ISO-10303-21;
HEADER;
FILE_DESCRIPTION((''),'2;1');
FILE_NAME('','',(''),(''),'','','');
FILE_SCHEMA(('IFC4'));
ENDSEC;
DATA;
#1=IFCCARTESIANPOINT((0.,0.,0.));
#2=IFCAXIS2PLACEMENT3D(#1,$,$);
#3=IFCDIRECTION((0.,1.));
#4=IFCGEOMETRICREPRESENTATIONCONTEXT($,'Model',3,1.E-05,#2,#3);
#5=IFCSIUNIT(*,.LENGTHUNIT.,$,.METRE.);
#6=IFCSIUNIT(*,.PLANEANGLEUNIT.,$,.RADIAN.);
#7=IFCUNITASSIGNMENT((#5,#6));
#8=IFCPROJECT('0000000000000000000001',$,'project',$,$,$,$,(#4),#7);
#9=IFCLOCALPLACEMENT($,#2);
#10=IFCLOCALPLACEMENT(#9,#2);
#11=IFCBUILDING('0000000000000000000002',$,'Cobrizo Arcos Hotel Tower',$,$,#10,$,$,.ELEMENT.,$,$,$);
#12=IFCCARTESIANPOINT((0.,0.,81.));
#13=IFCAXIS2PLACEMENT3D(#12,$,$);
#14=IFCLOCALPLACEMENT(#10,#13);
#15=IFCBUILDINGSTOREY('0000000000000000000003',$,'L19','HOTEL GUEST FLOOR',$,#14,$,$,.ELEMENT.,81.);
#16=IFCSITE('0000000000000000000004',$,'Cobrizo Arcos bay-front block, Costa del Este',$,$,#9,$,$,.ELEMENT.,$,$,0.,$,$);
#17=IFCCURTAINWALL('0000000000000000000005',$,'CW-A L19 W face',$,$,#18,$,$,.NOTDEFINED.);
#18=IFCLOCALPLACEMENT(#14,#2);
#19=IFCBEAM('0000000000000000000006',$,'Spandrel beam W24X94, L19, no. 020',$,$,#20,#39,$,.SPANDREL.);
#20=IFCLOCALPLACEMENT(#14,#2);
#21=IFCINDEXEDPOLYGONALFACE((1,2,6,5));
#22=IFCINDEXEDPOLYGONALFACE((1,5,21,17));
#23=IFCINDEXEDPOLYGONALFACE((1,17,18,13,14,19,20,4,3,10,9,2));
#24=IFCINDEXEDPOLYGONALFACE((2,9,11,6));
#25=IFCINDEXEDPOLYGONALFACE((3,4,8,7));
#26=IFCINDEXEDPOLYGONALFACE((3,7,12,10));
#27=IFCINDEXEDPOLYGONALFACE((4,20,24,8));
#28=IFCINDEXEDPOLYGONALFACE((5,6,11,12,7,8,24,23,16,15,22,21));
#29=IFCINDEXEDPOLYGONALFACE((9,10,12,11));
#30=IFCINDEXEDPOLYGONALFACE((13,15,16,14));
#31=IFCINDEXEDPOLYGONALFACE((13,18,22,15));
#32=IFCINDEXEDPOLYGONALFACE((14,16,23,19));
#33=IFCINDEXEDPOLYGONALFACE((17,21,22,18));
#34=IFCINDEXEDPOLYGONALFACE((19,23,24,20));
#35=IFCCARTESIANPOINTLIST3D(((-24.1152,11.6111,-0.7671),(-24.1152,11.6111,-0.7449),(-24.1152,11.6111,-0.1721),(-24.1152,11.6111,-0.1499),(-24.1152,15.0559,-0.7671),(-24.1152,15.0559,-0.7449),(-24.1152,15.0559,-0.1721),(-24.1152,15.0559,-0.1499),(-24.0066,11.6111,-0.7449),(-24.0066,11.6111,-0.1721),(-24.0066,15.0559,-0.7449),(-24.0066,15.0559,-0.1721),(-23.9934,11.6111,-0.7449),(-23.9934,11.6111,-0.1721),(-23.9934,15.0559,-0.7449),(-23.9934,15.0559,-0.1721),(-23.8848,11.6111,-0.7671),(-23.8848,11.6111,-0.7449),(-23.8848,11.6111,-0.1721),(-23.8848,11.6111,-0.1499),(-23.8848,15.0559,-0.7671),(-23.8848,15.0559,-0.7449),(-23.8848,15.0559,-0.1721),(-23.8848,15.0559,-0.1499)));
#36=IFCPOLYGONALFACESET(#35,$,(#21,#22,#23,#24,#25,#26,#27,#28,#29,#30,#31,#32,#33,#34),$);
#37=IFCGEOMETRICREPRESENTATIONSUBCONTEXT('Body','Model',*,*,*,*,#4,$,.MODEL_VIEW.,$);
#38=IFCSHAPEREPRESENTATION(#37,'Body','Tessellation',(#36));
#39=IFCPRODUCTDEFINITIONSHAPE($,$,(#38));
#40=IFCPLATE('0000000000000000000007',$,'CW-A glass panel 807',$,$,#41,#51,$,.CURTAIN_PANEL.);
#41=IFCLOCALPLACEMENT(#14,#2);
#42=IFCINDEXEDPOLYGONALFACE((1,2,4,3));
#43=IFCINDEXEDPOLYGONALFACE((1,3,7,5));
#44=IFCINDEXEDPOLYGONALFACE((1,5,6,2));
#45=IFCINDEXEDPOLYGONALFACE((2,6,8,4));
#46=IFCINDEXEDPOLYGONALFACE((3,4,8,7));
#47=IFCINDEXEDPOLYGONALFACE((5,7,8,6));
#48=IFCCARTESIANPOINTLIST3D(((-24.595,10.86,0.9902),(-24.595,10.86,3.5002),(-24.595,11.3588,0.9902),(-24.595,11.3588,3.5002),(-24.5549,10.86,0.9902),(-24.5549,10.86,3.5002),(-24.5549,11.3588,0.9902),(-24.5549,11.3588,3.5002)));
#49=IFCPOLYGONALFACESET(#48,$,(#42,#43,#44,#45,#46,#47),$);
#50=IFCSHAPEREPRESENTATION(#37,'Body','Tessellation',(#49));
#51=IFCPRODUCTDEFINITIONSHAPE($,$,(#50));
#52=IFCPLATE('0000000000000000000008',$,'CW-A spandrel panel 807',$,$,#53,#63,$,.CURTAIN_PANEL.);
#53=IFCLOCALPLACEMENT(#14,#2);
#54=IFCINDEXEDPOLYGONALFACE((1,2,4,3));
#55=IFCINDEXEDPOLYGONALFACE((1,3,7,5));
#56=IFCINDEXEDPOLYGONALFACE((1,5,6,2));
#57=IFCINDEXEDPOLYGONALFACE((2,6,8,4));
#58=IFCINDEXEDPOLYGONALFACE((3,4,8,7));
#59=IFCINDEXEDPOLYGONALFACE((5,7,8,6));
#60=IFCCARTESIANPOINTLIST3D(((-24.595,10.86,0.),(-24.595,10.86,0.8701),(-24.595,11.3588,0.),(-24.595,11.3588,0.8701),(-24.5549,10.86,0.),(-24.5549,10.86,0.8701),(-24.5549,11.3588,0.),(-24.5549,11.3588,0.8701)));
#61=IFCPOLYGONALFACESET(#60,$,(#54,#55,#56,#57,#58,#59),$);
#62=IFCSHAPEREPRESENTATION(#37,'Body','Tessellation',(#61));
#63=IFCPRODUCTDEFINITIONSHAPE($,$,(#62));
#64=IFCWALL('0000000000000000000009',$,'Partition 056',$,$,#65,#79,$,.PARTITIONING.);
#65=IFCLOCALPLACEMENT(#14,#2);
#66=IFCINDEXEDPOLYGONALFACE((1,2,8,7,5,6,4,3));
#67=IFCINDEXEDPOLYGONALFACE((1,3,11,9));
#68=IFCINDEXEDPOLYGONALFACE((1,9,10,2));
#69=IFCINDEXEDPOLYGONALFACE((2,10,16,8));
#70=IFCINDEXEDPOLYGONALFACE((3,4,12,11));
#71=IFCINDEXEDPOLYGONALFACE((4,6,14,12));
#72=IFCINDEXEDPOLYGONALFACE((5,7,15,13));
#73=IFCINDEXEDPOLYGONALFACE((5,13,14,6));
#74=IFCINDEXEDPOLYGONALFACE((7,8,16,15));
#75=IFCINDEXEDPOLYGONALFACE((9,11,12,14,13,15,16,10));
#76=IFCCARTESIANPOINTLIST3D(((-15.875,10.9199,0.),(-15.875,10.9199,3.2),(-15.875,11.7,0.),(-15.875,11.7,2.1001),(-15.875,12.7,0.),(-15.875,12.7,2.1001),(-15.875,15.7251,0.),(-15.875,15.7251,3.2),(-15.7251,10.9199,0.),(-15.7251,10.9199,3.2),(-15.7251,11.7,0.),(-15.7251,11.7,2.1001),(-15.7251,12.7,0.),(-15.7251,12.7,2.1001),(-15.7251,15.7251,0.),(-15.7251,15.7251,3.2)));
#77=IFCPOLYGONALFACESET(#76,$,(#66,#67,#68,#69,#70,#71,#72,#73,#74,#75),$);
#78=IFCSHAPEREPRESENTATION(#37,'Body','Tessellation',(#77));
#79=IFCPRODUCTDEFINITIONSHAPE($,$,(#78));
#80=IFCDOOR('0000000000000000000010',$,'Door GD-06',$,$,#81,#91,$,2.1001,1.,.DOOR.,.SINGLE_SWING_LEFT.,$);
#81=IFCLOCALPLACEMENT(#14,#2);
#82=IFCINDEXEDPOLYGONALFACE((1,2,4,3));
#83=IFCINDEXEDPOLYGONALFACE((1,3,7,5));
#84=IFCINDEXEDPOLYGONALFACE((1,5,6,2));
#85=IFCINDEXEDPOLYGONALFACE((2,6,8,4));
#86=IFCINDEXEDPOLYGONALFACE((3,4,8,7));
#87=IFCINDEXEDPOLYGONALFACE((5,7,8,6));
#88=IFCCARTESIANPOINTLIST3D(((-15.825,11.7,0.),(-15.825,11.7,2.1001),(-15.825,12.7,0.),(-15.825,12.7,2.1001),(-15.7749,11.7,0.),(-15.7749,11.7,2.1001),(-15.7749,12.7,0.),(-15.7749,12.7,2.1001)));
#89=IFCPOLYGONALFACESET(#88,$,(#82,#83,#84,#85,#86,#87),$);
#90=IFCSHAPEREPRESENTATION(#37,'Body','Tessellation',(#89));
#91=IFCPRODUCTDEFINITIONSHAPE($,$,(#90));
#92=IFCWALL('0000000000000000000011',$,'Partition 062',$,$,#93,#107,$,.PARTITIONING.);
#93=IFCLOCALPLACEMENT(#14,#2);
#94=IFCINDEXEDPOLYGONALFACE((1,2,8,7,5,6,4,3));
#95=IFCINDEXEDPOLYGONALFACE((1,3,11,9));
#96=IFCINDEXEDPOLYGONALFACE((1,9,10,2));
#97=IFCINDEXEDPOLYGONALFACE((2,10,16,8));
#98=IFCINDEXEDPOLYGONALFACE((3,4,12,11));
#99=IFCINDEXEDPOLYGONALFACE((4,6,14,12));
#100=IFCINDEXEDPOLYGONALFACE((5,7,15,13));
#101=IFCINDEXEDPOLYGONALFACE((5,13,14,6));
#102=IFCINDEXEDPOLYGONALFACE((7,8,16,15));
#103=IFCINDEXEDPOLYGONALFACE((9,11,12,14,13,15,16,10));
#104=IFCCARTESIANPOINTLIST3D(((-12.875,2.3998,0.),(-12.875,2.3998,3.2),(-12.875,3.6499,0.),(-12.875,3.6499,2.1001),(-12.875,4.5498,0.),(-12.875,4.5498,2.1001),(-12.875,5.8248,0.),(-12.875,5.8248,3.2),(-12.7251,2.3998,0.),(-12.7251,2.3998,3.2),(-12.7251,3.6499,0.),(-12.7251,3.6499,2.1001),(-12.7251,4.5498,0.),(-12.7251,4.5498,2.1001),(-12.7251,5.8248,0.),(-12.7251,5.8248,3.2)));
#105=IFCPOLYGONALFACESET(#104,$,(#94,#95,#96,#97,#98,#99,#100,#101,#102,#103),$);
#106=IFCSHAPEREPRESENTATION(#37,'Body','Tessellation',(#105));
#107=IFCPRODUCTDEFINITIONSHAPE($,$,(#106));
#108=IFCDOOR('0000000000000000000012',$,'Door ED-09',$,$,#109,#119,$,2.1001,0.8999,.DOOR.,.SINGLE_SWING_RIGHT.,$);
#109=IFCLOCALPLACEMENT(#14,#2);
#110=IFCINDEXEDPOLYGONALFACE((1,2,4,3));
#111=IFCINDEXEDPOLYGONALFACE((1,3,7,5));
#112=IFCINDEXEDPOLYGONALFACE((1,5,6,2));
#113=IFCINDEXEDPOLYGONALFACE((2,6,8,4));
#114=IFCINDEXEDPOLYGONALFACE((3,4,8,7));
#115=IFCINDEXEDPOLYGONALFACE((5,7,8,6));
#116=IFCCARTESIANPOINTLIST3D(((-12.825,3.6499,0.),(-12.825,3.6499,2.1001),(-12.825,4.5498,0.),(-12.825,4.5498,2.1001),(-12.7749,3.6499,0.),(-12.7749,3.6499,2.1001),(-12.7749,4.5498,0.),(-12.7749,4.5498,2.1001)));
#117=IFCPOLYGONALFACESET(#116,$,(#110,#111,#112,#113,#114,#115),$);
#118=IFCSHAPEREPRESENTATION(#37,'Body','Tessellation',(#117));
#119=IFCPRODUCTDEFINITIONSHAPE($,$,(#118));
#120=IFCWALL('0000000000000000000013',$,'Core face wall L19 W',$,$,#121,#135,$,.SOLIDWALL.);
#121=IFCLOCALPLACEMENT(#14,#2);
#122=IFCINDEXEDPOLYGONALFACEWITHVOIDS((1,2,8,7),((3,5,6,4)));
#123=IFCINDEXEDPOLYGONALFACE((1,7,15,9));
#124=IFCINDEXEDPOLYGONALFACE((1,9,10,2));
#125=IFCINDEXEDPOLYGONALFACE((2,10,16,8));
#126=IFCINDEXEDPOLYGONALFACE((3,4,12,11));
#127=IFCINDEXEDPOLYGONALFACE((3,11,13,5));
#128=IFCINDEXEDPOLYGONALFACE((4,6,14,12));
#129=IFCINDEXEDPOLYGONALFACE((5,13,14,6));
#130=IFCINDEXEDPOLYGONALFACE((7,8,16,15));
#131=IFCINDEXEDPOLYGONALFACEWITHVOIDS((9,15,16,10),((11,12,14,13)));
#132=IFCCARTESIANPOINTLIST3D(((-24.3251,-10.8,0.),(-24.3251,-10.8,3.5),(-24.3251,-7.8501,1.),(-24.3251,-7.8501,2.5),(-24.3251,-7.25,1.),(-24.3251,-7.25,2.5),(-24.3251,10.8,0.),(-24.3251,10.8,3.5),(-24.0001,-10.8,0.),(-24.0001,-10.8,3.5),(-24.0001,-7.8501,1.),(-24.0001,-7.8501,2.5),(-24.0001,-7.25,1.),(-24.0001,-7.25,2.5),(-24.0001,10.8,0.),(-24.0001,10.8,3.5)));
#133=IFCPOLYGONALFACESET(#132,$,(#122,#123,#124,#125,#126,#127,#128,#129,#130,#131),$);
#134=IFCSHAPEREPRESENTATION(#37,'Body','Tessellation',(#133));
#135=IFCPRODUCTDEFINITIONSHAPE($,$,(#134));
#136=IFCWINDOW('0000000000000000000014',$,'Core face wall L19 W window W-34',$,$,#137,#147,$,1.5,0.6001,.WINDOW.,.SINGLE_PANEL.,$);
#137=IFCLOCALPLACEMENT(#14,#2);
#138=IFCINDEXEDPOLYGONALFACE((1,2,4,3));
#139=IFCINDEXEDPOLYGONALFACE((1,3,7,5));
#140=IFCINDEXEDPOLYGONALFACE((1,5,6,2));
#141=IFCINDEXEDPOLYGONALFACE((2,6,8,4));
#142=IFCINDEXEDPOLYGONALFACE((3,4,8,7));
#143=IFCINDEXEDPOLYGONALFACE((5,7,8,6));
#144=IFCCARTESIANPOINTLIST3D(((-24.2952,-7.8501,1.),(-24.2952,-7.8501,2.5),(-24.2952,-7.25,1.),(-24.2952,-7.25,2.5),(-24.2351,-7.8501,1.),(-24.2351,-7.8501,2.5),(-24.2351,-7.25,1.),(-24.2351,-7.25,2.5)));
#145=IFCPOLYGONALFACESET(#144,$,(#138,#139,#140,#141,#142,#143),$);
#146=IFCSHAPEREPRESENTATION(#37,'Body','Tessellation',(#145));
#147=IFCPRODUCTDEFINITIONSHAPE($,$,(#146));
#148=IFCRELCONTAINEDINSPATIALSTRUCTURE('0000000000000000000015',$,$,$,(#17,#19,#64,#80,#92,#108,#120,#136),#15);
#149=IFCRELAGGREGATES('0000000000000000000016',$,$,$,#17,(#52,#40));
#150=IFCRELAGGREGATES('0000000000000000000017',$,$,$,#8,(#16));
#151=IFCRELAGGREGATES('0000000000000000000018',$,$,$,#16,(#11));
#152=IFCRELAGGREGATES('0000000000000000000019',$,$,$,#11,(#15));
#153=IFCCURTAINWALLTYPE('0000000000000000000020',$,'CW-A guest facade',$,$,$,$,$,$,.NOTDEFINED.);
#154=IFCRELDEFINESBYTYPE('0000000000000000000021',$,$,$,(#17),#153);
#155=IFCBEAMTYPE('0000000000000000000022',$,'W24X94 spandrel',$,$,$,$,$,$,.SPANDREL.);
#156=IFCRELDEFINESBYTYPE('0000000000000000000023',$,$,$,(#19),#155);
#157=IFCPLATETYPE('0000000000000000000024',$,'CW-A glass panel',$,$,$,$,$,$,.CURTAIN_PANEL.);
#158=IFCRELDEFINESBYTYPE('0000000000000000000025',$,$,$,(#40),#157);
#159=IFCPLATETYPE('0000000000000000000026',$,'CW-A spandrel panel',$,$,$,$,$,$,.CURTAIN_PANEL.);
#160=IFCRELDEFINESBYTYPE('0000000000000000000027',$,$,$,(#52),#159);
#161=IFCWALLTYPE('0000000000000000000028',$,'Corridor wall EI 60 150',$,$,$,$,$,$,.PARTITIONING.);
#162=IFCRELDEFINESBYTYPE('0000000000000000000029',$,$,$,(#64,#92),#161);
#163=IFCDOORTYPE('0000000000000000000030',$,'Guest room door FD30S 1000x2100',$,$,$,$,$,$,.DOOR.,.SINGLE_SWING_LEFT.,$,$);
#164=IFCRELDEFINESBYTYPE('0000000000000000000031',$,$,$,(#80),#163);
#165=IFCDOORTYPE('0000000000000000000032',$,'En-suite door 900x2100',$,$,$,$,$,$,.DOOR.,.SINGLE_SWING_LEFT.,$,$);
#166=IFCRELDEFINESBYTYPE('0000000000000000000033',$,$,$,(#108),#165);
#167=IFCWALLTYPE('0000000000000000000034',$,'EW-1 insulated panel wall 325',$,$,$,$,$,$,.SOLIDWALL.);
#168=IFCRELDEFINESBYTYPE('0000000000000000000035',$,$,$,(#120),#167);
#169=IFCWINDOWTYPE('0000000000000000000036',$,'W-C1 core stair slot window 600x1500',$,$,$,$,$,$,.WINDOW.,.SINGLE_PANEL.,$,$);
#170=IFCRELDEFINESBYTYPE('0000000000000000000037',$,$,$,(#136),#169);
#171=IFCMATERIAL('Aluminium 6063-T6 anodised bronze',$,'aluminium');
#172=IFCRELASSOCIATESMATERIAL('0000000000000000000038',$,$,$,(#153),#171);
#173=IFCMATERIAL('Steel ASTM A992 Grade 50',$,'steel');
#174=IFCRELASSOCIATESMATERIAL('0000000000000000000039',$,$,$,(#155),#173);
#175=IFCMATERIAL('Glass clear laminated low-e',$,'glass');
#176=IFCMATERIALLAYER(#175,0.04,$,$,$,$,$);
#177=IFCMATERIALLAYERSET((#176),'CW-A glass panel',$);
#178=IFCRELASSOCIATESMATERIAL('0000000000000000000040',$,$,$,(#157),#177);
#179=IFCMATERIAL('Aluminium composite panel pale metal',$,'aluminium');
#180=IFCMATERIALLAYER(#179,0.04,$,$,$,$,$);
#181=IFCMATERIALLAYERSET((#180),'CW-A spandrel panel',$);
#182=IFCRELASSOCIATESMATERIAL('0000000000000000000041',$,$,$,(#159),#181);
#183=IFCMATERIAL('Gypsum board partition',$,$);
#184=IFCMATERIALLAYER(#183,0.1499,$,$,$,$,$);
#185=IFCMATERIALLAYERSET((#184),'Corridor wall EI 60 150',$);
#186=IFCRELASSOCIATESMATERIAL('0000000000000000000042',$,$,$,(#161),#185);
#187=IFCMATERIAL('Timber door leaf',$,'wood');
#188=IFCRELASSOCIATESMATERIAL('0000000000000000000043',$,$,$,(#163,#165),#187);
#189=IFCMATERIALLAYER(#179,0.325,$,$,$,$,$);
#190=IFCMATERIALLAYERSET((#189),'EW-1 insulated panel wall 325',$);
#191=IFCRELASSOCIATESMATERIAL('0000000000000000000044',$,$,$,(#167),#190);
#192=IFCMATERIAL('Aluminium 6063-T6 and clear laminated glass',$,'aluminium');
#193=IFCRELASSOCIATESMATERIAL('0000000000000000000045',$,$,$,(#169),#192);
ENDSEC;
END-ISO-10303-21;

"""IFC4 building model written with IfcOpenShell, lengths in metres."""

from ifc_helpers import new_model, si_unit, direction, frame, frame_2d, origin, origin_2d, place, context, subcontext, project, spatial, rectangle, i_section, extrude, material, layer, layer_set, material_profile, profile_set, type_object, element, fill, aggregate, save


model = new_model("IFC4")

# Units and contexts
model_context = context("Model", 3, precision=1e-05, world=origin(), true_north=direction((0.0, 1.0)))
body_context = subcontext(model_context, "Body", "Model", "MODEL_VIEW")
ifc_project = project(units=[si_unit("LENGTHUNIT", "METRE"), si_unit("PLANEANGLEUNIT", "RADIAN")], contexts=[model_context])

# Site, building, storey
site_placement = place(None, origin())
site = spatial("IfcSite", under=ifc_project, at=site_placement, Name="Cobrizo Arcos bay-front block, Costa del Este", CompositionType="ELEMENT", RefElevation=0.0)
building_placement = place(site_placement, origin())
building = spatial("IfcBuilding", under=site, at=building_placement, Name="Cobrizo Arcos Hotel Tower", CompositionType="ELEMENT")
storey_placement = place(building_placement, frame((0.0, 0.0, 81.0)))
storey = spatial("IfcBuildingStorey", under=building, at=storey_placement, Name="L19", Description="HOTEL GUEST FLOOR", CompositionType="ELEMENT", Elevation=81.0)

# Curtain wall
ifc_material_1 = material(Name="Aluminium 6063-T6 anodised bronze", Category="aluminium")
curtain_wall_type = type_object("IfcCurtainWallType", Name="CW-A guest facade", PredefinedType="NOTDEFINED", material=ifc_material_1)
curtain_wall_placement = place(storey_placement, origin())
curtain_wall = element("IfcCurtainWall", 1, at=curtain_wall_placement, inside=storey, type_object=curtain_wall_type, Name="CW-A L19 W face", PredefinedType="NOTDEFINED")

# Beam
ifc_material_2 = material(Name="Steel ASTM A992 Grade 50", Category="steel")
ifc_material_profile_1 = material_profile(ifc_material_2, i_section(OverallWidth=0.2305, OverallDepth=0.6172, WebThickness=0.0132, FlangeThickness=0.0222, at=origin_2d()), Name="W24X94")
ifc_profile_set_1 = profile_set([ifc_material_profile_1], Name="Steel ASTM A992 Grade 50")
beam_type_1 = type_object("IfcBeamType", Name="W24X94 spandrel", PredefinedType="SPANDREL", material=ifc_profile_set_1)
beam_1_placement = place(storey_placement, frame((-24.0, 11.6111, -0.4585), z_axis=(0.0, 1.0, 0.0), x_axis=(-1.0, 0.0, 0.0)))
element("IfcBeam", 2, at=beam_1_placement, inside=storey, type_object=beam_type_1, Name="Spandrel beam W24X94, L19, no. 020", PredefinedType="SPANDREL", context=body_context, shape_type="SweptSolid", body=[
    extrude(i_section(OverallWidth=0.2305, OverallDepth=0.6172, WebThickness=0.0132, FlangeThickness=0.0222, at=origin_2d()), origin(), (0.0, 0.0, 1.0), 3.4448),
])

# Plates
ifc_material_3 = material(Name="Glass clear laminated low-e", Category="glass")
ifc_layer_1 = layer(ifc_material_3, 0.04)
ifc_layer_set_1 = layer_set([ifc_layer_1], Name="CW-A glass panel")
plate_type_1 = type_object("IfcPlateType", Name="CW-A glass panel", PredefinedType="CURTAIN_PANEL", material=ifc_layer_set_1)
plate_1_placement = place(storey_placement, frame((-24.575, 11.1094, 0.9902), z_axis=(0.0, 0.0, 1.0), x_axis=(0.0, -1.0, 0.0)))
plate_1 = element("IfcPlate", 3, at=plate_1_placement, type_object=plate_type_1, Name="CW-A glass panel 807", PredefinedType="CURTAIN_PANEL", context=body_context, shape_type="SweptSolid", body=[
    extrude(rectangle(XDim=0.4988, YDim=0.04, at=origin_2d()), origin(), (0.0, 0.0, 1.0), 2.51),
])
ifc_material_4 = material(Name="Aluminium composite panel pale metal", Category="aluminium")
ifc_layer_2 = layer(ifc_material_4, 0.04)
ifc_layer_set_2 = layer_set([ifc_layer_2], Name="CW-A spandrel panel")
plate_type_2 = type_object("IfcPlateType", Name="CW-A spandrel panel", PredefinedType="CURTAIN_PANEL", material=ifc_layer_set_2)
plate_2_placement = place(storey_placement, frame((-24.575, 11.1094, 0.0), z_axis=(0.0, 0.0, 1.0), x_axis=(0.0, -1.0, 0.0)))
plate_2 = element("IfcPlate", 4, at=plate_2_placement, type_object=plate_type_2, Name="CW-A spandrel panel 807", PredefinedType="CURTAIN_PANEL", context=body_context, shape_type="SweptSolid", body=[
    extrude(rectangle(XDim=0.4988, YDim=0.04, at=origin_2d()), origin(), (0.0, 0.0, 1.0), 0.8701),
])
aggregate(curtain_wall, [plate_2, plate_1])

# Walls, openings, doors
ifc_material_5 = material(Name="Gypsum board partition")
ifc_layer_3 = layer(ifc_material_5, 0.1499)
ifc_layer_set_3 = layer_set([ifc_layer_3], Name="Corridor wall EI 60 150")
wall_type_1 = type_object("IfcWallType", Name="Corridor wall EI 60 150", PredefinedType="PARTITIONING", material=ifc_layer_set_3)
wall_1_placement = place(storey_placement, frame((-15.8, 10.9199, 0.0), z_axis=(0.0, 0.0, 1.0), x_axis=(0.0, 1.0, 0.0)))
wall_1 = element("IfcWall", 5, at=wall_1_placement, inside=storey, type_object=wall_type_1, Name="Partition 056", PredefinedType="PARTITIONING", context=body_context, shape_type="SweptSolid", body=[
    extrude(rectangle(XDim=4.8052, YDim=0.1499, at=frame_2d((2.4026, 0.0))), origin(), (0.0, 0.0, 1.0), 3.2),
])
opening_1_placement = place(wall_1_placement, frame((0.78, 0.0, 0.0)))
opening_1 = element("IfcOpeningElement", 6, at=opening_1_placement, cuts=wall_1, PredefinedType="OPENING", context=body_context, shape_type="SweptSolid", body=[
    extrude(rectangle(XDim=1.0, YDim=2.1001, at=frame_2d((0.5, 1.05))), frame((0.0, 0.0869, 0.0), z_axis=(0.0, -1.0, 0.0), x_axis=(1.0, 0.0, 0.0)), (0.0, 0.0, 1.0), 0.1738),
])
ifc_material_6 = material(Name="Timber door leaf", Category="wood")
door_type_1 = type_object("IfcDoorType", Name="Guest room door FD30S 1000x2100", OperationType="SINGLE_SWING_LEFT", PredefinedType="DOOR", material=ifc_material_6)
door_1_placement = place(opening_1_placement, origin())
door_1 = element("IfcDoor", 7, at=door_1_placement, inside=storey, type_object=door_type_1, Name="Door GD-06", OperationType="SINGLE_SWING_LEFT", OverallHeight=2.1001, OverallWidth=1.0, PredefinedType="DOOR", context=body_context, shape_type="SweptSolid", body=[
    extrude(rectangle(XDim=1.0, YDim=2.1001, at=frame_2d((0.5, 1.05))), frame((0.0, 0.0249, 0.0), z_axis=(0.0, -1.0, 0.0), x_axis=(1.0, 0.0, 0.0)), (0.0, 0.0, 1.0), 0.05),
])
fill(opening_1, door_1)
wall_2_placement = place(storey_placement, frame((-12.8, 2.3999, 0.0), z_axis=(0.0, 0.0, 1.0), x_axis=(0.0, 1.0, 0.0)))
wall_2 = element("IfcWall", 8, at=wall_2_placement, inside=storey, type_object=wall_type_1, Name="Partition 062", PredefinedType="PARTITIONING", context=body_context, shape_type="SweptSolid", body=[
    extrude(rectangle(XDim=3.425, YDim=0.1499, at=frame_2d((1.7124, 0.0))), origin(), (0.0, 0.0, 1.0), 3.2),
])
opening_2_placement = place(wall_2_placement, frame((1.25, 0.0, 0.0)))
opening_2 = element("IfcOpeningElement", 9, at=opening_2_placement, cuts=wall_2, PredefinedType="OPENING", context=body_context, shape_type="SweptSolid", body=[
    extrude(rectangle(XDim=0.8999, YDim=2.1001, at=frame_2d((0.45, 1.05))), frame((0.0, 0.0869, 0.0), z_axis=(0.0, -1.0, 0.0), x_axis=(1.0, 0.0, 0.0)), (0.0, 0.0, 1.0), 0.1738),
])
door_type_2 = type_object("IfcDoorType", Name="En-suite door 900x2100", OperationType="SINGLE_SWING_LEFT", PredefinedType="DOOR", material=ifc_material_6)
door_2_placement = place(opening_2_placement, origin())
door_2 = element("IfcDoor", 10, at=door_2_placement, inside=storey, type_object=door_type_2, Name="Door ED-09", OperationType="SINGLE_SWING_RIGHT", OverallHeight=2.1001, OverallWidth=0.8999, PredefinedType="DOOR", context=body_context, shape_type="SweptSolid", body=[
    extrude(rectangle(XDim=0.8999, YDim=2.1001, at=frame_2d((0.45, 1.05))), frame((0.0, 0.0249, 0.0), z_axis=(0.0, -1.0, 0.0), x_axis=(1.0, 0.0, 0.0)), (0.0, 0.0, 1.0), 0.05),
])
fill(opening_2, door_2)

# Wall, opening, window
ifc_layer_4 = layer(ifc_material_4, 0.325)
ifc_layer_set_4 = layer_set([ifc_layer_4], Name="EW-1 insulated panel wall 325")
wall_type_2 = type_object("IfcWallType", Name="EW-1 insulated panel wall 325", PredefinedType="SOLIDWALL", material=ifc_layer_set_4)
wall_3_placement = place(storey_placement, frame((-24.1626, 10.8, 0.0), z_axis=(0.0, 0.0, 1.0), x_axis=(0.0, -1.0, 0.0)))
wall_3 = element("IfcWall", 11, at=wall_3_placement, inside=storey, type_object=wall_type_2, Name="Core face wall L19 W", PredefinedType="SOLIDWALL", context=body_context, shape_type="SweptSolid", body=[
    extrude(rectangle(XDim=21.6001, YDim=0.325, at=frame_2d((10.8, 0.0))), origin(), (0.0, 0.0, 1.0), 3.5),
])
opening_3_placement = place(wall_3_placement, frame((18.05, 0.0, 1.0)))
opening_3 = element("IfcOpeningElement", 12, at=opening_3_placement, cuts=wall_3, PredefinedType="OPENING", context=body_context, shape_type="SweptSolid", body=[
    extrude(rectangle(XDim=0.6001, YDim=1.5, at=frame_2d((0.3, 0.75))), frame((0.0, 0.1746, 0.0), z_axis=(0.0, -1.0, 0.0), x_axis=(1.0, 0.0, 0.0)), (0.0, 0.0, 1.0), 0.3489),
])
ifc_material_7 = material(Name="Aluminium 6063-T6 and clear laminated glass", Category="aluminium")
window_type = type_object("IfcWindowType", Name="W-C1 core stair slot window 600x1500", PartitioningType="SINGLE_PANEL", PredefinedType="WINDOW", material=ifc_material_7)
window_placement = place(opening_3_placement, origin())
window = element("IfcWindow", 13, at=window_placement, inside=storey, type_object=window_type, Name="Core face wall L19 W window W-34", OverallHeight=1.5, OverallWidth=0.6001, PartitioningType="SINGLE_PANEL", PredefinedType="WINDOW", context=body_context, shape_type="SweptSolid", body=[
    extrude(rectangle(XDim=0.6001, YDim=1.5, at=frame_2d((0.3, 0.75))), frame((0.0, -0.0725, 0.0), z_axis=(0.0, -1.0, 0.0), x_axis=(1.0, 0.0, 0.0)), (0.0, 0.0, 1.0), 0.0601),
])
fill(opening_3, window)

save(model, "model.ifc")
